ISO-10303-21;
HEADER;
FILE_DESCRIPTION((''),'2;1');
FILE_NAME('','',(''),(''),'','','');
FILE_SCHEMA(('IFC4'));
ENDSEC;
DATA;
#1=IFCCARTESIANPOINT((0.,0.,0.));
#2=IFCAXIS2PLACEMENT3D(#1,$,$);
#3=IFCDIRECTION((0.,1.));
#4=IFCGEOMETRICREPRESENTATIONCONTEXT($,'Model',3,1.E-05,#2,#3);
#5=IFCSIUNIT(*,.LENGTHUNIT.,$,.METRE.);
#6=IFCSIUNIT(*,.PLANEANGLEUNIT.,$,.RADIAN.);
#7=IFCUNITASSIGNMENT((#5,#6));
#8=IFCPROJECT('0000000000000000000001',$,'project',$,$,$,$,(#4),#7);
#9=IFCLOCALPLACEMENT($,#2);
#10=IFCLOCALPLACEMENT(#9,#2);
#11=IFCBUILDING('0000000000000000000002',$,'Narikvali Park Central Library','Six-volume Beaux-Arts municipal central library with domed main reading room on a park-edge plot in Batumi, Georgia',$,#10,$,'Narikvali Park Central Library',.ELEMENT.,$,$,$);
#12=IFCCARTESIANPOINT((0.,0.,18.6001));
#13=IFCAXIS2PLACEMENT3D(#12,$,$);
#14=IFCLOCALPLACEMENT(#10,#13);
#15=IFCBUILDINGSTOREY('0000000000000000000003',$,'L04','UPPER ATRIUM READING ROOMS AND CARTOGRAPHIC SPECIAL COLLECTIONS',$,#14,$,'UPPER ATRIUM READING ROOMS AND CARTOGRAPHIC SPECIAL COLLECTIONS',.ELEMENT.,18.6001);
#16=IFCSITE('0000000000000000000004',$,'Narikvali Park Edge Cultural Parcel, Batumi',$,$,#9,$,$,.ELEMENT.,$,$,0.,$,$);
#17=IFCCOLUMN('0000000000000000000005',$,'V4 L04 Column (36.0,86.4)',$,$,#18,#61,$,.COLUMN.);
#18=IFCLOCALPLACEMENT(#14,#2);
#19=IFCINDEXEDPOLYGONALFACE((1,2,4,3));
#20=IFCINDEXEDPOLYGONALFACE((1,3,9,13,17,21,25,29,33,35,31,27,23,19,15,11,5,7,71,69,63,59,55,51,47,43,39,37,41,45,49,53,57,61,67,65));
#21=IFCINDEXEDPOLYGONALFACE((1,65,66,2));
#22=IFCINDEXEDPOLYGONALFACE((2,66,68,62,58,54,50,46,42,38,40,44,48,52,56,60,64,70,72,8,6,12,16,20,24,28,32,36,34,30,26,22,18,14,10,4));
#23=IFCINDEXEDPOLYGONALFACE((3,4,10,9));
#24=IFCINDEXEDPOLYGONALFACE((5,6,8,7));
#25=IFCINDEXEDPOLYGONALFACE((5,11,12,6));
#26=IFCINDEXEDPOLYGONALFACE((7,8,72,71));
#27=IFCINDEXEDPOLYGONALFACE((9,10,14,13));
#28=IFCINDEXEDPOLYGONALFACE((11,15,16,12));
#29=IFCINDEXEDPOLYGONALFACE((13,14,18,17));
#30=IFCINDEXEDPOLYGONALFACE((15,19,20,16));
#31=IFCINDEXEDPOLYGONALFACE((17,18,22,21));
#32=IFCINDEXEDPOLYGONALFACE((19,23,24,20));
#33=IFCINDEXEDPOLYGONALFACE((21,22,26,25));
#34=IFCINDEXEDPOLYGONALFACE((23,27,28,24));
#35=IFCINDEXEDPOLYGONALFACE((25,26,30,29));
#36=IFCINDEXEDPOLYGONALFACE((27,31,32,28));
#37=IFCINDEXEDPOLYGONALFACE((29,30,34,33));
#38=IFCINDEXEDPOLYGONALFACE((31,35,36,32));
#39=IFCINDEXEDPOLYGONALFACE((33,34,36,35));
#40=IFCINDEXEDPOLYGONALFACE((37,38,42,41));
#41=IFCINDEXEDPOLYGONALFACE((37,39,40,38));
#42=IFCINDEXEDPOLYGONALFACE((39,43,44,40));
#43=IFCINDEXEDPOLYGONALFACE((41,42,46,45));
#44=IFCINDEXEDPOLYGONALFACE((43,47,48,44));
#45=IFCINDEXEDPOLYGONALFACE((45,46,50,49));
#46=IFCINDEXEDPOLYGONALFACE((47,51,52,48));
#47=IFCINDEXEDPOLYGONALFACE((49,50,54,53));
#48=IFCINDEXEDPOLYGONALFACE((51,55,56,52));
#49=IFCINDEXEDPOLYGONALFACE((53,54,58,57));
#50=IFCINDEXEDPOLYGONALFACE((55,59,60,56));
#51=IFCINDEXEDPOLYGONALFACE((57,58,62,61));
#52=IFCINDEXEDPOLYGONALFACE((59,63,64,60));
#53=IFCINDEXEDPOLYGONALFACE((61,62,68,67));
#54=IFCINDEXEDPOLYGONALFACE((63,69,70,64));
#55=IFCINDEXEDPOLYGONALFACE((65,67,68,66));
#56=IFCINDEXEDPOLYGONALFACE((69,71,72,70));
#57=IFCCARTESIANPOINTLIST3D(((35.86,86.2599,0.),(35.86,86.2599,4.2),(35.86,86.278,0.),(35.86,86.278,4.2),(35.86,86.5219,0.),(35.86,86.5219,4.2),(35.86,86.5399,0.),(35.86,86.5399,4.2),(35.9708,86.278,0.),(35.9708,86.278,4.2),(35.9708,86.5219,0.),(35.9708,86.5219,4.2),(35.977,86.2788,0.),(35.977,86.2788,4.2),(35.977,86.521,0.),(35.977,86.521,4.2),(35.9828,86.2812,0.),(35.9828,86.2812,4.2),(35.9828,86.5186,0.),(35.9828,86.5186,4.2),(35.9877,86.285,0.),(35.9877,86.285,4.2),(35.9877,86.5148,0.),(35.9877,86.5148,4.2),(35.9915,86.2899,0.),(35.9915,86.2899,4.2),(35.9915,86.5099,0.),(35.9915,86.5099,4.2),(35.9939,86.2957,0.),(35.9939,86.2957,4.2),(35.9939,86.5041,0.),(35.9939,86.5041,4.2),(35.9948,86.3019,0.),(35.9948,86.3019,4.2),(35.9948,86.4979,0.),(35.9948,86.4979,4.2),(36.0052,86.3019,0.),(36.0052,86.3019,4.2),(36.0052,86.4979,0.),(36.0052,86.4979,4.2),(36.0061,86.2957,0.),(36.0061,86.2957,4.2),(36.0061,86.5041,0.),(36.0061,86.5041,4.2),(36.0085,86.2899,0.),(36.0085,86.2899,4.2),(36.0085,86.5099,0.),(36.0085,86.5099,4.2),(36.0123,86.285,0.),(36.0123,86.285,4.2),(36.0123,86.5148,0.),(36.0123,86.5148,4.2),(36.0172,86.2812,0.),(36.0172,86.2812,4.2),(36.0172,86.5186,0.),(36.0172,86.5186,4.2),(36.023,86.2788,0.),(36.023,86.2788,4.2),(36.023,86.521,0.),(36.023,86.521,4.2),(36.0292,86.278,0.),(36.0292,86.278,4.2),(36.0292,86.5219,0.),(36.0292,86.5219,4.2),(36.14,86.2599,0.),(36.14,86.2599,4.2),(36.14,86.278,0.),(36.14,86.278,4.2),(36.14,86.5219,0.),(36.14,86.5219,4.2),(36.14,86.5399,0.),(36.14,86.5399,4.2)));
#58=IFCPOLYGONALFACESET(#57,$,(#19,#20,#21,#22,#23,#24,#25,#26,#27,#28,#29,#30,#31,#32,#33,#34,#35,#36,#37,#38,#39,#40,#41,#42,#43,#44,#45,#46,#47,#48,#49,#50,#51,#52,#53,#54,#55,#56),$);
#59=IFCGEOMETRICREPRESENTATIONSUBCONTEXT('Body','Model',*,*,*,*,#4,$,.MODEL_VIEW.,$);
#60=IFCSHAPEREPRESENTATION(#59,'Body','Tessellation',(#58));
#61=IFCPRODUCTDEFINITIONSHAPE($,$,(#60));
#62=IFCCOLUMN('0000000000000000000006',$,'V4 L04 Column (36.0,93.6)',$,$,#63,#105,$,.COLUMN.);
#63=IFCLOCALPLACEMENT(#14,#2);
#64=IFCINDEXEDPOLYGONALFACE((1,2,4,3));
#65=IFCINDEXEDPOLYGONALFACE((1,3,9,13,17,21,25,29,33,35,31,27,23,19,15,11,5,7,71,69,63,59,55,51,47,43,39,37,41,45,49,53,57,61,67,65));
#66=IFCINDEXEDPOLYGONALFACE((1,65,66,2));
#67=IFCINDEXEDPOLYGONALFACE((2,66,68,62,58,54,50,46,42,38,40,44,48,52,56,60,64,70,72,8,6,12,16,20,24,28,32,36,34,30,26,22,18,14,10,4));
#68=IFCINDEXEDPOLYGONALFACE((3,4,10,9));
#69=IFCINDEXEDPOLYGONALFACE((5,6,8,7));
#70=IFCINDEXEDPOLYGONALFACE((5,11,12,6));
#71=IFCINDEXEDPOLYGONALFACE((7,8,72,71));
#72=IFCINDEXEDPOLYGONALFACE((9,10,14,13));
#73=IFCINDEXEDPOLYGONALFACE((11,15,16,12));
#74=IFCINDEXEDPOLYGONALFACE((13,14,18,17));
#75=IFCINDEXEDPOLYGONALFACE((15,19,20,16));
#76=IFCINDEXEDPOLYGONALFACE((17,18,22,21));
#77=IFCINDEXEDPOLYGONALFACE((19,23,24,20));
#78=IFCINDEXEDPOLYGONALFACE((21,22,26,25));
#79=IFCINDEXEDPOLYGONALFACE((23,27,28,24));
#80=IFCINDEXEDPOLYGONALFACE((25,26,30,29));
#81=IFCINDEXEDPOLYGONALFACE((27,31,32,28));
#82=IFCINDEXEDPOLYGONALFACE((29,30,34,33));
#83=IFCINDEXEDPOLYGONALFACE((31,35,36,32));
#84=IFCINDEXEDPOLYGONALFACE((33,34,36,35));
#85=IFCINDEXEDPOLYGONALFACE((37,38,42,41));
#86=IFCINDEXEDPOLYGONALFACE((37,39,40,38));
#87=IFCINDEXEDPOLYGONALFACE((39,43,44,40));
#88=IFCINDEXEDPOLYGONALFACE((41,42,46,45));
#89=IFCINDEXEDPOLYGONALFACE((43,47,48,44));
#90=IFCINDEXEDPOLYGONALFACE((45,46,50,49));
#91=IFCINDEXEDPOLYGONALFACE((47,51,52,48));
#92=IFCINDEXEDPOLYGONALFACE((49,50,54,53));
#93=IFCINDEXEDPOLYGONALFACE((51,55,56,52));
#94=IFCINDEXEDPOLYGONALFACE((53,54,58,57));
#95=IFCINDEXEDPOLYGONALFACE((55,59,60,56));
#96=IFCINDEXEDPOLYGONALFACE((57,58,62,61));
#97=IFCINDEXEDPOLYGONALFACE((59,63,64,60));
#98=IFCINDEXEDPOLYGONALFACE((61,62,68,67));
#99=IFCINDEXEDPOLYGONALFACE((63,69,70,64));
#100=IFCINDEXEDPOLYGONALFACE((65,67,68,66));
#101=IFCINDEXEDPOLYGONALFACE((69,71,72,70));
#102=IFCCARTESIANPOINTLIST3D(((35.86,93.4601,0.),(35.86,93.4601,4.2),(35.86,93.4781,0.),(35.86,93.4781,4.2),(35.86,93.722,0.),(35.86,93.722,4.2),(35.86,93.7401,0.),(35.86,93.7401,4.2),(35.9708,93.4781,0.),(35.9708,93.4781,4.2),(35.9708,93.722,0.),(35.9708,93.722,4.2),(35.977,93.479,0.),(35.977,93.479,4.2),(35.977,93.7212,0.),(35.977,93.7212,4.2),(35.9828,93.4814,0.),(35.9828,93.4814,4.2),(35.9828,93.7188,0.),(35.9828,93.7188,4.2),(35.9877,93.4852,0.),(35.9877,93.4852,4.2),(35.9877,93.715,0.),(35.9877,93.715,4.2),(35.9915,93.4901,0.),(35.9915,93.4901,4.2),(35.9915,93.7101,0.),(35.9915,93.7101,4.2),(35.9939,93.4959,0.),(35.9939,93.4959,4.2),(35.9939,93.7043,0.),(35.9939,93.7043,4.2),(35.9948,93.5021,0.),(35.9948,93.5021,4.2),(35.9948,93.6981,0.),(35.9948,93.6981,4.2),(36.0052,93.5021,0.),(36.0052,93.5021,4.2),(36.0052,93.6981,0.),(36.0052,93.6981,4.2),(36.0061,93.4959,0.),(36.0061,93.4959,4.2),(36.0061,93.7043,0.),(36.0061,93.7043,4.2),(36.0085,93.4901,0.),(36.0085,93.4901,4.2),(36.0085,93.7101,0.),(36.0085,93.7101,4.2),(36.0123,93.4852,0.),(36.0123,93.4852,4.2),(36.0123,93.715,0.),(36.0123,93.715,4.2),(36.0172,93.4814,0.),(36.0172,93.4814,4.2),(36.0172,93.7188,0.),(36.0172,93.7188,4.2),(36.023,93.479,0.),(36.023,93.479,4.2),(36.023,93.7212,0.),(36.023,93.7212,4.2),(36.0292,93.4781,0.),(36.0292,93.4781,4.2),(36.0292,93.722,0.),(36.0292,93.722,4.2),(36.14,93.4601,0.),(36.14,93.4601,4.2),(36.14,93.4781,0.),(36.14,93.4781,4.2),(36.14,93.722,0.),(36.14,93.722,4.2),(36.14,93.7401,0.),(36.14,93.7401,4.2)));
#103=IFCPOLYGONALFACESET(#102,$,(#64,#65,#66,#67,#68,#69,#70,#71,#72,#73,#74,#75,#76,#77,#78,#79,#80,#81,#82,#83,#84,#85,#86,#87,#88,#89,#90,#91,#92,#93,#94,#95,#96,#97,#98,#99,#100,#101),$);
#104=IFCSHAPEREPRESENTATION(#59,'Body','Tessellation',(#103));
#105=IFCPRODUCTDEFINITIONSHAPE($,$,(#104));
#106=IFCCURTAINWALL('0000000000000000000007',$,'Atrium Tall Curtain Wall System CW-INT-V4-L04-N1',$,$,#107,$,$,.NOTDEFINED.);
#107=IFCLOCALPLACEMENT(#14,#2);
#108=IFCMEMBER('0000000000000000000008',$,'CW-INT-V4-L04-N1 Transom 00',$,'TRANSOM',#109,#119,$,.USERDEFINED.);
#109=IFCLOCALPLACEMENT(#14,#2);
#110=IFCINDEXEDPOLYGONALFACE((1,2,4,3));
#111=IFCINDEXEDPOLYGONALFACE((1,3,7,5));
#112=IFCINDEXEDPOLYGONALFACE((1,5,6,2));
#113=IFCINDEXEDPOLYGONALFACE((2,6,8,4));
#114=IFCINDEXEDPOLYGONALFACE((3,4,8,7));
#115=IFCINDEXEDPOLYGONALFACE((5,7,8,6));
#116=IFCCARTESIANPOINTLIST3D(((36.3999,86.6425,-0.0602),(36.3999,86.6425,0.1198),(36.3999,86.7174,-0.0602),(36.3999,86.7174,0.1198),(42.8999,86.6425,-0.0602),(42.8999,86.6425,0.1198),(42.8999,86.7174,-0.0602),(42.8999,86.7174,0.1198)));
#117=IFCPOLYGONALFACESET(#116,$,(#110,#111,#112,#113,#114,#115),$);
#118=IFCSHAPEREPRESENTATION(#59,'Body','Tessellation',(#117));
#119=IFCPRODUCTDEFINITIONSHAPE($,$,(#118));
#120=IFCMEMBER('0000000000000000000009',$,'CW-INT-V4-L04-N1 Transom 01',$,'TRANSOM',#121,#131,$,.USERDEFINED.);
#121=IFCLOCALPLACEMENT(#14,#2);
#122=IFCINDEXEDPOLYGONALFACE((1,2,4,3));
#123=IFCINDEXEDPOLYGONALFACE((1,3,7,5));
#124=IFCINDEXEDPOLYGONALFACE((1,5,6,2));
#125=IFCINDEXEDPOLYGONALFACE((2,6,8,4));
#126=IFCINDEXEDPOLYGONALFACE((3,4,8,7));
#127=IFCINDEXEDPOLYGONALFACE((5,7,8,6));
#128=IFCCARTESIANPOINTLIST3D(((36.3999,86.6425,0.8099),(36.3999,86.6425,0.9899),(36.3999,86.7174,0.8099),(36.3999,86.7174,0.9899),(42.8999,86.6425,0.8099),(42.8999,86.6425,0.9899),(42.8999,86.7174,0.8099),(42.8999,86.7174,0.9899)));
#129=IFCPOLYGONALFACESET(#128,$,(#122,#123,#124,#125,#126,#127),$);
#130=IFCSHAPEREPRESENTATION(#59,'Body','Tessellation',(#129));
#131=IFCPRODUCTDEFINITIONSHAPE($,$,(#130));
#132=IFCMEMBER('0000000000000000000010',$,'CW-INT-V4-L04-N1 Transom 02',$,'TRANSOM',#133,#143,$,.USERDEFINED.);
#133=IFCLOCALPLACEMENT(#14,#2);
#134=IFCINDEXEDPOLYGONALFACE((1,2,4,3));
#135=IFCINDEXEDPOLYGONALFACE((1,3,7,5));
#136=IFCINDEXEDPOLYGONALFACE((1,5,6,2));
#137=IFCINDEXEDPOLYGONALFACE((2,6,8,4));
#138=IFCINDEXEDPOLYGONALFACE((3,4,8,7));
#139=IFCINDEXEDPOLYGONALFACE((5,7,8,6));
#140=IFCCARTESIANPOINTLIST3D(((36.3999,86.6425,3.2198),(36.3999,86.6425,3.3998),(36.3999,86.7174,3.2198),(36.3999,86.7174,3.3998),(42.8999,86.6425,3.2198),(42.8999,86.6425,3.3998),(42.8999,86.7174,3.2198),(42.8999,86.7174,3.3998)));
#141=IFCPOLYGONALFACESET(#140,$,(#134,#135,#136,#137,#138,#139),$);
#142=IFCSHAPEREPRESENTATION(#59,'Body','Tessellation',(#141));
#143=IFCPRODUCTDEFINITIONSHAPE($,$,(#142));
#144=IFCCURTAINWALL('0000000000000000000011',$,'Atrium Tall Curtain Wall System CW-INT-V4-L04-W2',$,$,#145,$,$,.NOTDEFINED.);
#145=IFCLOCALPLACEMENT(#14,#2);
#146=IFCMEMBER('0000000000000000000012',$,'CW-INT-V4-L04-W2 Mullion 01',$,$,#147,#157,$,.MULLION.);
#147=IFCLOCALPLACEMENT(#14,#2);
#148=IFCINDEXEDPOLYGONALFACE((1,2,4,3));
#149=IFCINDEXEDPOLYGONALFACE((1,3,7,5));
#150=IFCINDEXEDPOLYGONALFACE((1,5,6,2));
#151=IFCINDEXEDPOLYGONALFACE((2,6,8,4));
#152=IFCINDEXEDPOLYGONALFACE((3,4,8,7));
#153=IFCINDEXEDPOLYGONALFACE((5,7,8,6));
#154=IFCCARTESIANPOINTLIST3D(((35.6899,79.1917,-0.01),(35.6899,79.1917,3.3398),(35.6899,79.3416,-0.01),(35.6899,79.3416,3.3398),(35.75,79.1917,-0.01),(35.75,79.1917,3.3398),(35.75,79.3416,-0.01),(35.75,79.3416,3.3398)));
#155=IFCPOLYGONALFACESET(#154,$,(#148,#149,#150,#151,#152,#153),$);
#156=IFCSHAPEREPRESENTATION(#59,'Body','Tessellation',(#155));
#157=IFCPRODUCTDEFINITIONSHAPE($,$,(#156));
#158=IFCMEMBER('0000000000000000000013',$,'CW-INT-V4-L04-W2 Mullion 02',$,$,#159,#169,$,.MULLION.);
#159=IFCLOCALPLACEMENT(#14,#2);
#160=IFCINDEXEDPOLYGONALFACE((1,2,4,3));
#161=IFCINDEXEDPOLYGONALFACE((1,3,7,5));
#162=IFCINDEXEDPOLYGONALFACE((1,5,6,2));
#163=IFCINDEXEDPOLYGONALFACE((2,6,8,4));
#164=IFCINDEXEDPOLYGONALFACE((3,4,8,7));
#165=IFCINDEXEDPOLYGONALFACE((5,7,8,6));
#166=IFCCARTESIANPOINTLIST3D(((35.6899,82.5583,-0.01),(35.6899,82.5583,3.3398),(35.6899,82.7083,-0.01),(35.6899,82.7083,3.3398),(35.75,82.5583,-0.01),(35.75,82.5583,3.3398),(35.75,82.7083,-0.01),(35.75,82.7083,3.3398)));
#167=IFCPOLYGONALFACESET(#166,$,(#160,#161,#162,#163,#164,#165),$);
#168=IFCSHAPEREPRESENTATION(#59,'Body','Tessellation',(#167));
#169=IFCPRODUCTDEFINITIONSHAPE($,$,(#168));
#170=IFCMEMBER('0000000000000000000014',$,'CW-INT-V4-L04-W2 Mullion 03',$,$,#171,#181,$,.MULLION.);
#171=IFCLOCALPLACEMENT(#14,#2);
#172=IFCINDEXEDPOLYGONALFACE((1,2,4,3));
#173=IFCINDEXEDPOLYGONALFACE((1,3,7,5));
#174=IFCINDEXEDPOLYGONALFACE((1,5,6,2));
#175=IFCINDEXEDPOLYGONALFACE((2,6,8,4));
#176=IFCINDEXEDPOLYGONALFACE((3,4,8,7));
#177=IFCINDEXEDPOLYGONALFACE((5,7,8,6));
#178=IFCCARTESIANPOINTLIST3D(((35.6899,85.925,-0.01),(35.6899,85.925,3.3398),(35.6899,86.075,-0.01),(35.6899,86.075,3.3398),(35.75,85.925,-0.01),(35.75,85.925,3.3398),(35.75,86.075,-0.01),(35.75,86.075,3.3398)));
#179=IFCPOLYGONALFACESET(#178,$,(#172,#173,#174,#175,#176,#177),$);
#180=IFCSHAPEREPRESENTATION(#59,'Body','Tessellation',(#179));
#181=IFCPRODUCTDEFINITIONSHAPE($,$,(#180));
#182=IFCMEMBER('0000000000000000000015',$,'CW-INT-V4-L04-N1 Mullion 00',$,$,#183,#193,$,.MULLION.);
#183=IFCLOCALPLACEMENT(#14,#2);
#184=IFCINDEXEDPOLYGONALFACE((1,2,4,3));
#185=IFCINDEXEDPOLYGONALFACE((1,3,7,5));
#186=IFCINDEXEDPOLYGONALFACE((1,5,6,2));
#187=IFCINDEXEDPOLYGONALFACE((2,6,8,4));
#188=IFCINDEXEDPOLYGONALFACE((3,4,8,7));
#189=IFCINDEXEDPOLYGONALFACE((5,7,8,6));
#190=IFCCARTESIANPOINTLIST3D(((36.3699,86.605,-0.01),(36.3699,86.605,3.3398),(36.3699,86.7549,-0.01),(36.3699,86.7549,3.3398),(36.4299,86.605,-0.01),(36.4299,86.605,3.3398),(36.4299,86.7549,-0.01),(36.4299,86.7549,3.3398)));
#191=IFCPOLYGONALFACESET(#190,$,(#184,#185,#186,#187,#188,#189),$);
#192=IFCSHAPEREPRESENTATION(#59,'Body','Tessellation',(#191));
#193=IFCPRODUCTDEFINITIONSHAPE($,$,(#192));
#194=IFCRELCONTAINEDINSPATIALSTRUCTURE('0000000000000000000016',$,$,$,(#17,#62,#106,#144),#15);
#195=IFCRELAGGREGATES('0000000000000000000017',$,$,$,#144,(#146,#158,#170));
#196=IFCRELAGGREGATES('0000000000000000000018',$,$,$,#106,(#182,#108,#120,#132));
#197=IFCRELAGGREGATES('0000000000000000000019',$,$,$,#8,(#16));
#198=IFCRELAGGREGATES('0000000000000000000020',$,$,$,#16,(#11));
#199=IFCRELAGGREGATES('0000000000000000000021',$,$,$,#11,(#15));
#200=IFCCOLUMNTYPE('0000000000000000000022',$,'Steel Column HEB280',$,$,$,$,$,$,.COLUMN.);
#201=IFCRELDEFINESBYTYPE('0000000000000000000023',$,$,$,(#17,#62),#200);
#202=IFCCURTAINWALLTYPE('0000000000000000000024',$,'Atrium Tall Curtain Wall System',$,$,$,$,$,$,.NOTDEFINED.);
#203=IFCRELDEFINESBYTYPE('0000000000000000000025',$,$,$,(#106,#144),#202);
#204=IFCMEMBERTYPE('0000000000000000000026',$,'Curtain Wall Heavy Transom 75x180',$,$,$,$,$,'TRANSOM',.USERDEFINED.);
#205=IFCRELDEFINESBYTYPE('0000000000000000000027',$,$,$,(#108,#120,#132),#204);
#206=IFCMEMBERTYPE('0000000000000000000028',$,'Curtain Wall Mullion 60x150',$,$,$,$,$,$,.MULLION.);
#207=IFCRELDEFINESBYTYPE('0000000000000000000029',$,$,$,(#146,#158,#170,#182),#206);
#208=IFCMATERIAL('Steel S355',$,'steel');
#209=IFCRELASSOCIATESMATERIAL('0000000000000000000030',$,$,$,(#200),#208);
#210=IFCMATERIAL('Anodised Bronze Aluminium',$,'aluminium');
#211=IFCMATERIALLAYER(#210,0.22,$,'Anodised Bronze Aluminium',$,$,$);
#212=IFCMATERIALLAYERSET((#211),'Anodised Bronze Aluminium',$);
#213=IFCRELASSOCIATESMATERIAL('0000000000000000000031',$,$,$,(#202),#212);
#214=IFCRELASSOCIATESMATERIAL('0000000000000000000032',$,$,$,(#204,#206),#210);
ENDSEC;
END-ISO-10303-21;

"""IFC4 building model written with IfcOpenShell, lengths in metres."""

from ifc_helpers import new_model, si_unit, direction, frame, origin, origin_2d, place, context, subcontext, project, spatial, rectangle, i_section, extrude, material, layer, layer_set, material_profile, profile_set, type_object, element, aggregate, save


model = new_model("IFC4")

# Units and contexts
model_context = context("Model", 3, precision=1e-05, world=origin(), true_north=direction((0.0, 1.0)))
body_context = subcontext(model_context, "Body", "Model", "MODEL_VIEW")
ifc_project = project(units=[si_unit("LENGTHUNIT", "METRE"), si_unit("PLANEANGLEUNIT", "RADIAN")], contexts=[model_context])

# Site, building, storey
site_placement = place(None, origin())
site = spatial("IfcSite", under=ifc_project, at=site_placement, Name="Narikvali Park Edge Cultural Parcel, Batumi", CompositionType="ELEMENT", RefElevation=0.0)
building_placement = place(site_placement, origin())
building = spatial("IfcBuilding", under=site, at=building_placement, Name="Narikvali Park Central Library", Description="Six-volume Beaux-Arts municipal central library with domed main reading room on a park-edge plot in Batumi, Georgia", LongName="Narikvali Park Central Library", CompositionType="ELEMENT")
storey_placement = place(building_placement, frame((0.0, 0.0, 18.6001)))
storey = spatial("IfcBuildingStorey", under=building, at=storey_placement, Name="L04", Description="UPPER ATRIUM READING ROOMS AND CARTOGRAPHIC SPECIAL COLLECTIONS", LongName="UPPER ATRIUM READING ROOMS AND CARTOGRAPHIC SPECIAL COLLECTIONS", CompositionType="ELEMENT", Elevation=18.6001)

# Columns
ifc_material_1 = material(Name="Steel S355", Category="steel")
ifc_material_profile_1 = material_profile(ifc_material_1, i_section(OverallWidth=0.28, OverallDepth=0.28, WebThickness=0.0105, FlangeThickness=0.0181, FilletRadius=0.0239, at=origin_2d()), Name="HEB 280")
ifc_profile_set_1 = profile_set([ifc_material_profile_1], Name="Steel S355")
column_type = type_object("IfcColumnType", Name="Steel Column HEB280", PredefinedType="COLUMN", material=ifc_profile_set_1)
for number, where, z_axis, x_axis, name in (
    (1, (36.0, 86.3999, 0.0), (0.0, 0.0, 1.0), (1.0, 0.0, 0.0), "V4 L04 Column (36.0,86.4)"),
    (2, (36.0, 93.6001, 0.0), (0.0, 0.0, 1.0), (1.0, 0.0, 0.0), "V4 L04 Column (36.0,93.6)"),
):
    element("IfcColumn", number, at=place(storey_placement, frame(where, z_axis=z_axis, x_axis=x_axis)), inside=storey, type_object=column_type, Name=name, PredefinedType="COLUMN", context=body_context, shape_type="SweptSolid", body=[
        extrude(i_section(OverallWidth=0.28, OverallDepth=0.28, WebThickness=0.0105, FlangeThickness=0.0181, FilletRadius=0.0239, at=origin_2d()), origin(), (0.0, 0.0, 1.0), 4.2),
    ])

# Curtain walls, members
ifc_material_2 = material(Name="Anodised Bronze Aluminium", Category="aluminium")
ifc_layer_1 = layer(ifc_material_2, 0.22, Name="Anodised Bronze Aluminium")
ifc_layer_set_1 = layer_set([ifc_layer_1], Name="Anodised Bronze Aluminium")
curtain_wall_type = type_object("IfcCurtainWallType", Name="Atrium Tall Curtain Wall System", PredefinedType="NOTDEFINED", material=ifc_layer_set_1)
curtain_wall_1_placement = place(storey_placement, origin())
curtain_wall_1 = element("IfcCurtainWall", 3, at=curtain_wall_1_placement, inside=storey, type_object=curtain_wall_type, Name="Atrium Tall Curtain Wall System CW-INT-V4-L04-N1", PredefinedType="NOTDEFINED")
ifc_material_profile_2 = material_profile(ifc_material_2, rectangle(XDim=0.075, YDim=0.1799, at=origin_2d()), Name="CW TRANSOM 75x180")
ifc_profile_set_2 = profile_set([ifc_material_profile_2], Name="Anodised Bronze Aluminium")
member_type_1 = type_object("IfcMemberType", Name="Curtain Wall Heavy Transom 75x180", ElementType="TRANSOM", PredefinedType="USERDEFINED", material=ifc_profile_set_2)
member_1_placement = place(storey_placement, frame((36.3999, 86.6799, 0.0298), z_axis=(1.0, 0.0, 0.0), x_axis=(0.0, 1.0, 0.0)))
member_1 = element("IfcMember", 4, at=member_1_placement, type_object=member_type_1, Name="CW-INT-V4-L04-N1 Transom 00", ObjectType="TRANSOM", PredefinedType="USERDEFINED", context=body_context, shape_type="SweptSolid", body=[
    extrude(rectangle(XDim=0.075, YDim=0.1799, at=origin_2d()), origin(), (0.0, 0.0, 1.0), 6.5),
])
member_2_placement = place(storey_placement, frame((36.3999, 86.6799, 0.8999), z_axis=(1.0, 0.0, 0.0), x_axis=(0.0, 1.0, 0.0)))
member_2 = element("IfcMember", 5, at=member_2_placement, type_object=member_type_1, Name="CW-INT-V4-L04-N1 Transom 01", ObjectType="TRANSOM", PredefinedType="USERDEFINED", context=body_context, shape_type="SweptSolid", body=[
    extrude(rectangle(XDim=0.075, YDim=0.1799, at=origin_2d()), origin(), (0.0, 0.0, 1.0), 6.5),
])
member_3_placement = place(storey_placement, frame((36.3999, 86.6799, 3.3098), z_axis=(1.0, 0.0, 0.0), x_axis=(0.0, 1.0, 0.0)))
member_3 = element("IfcMember", 6, at=member_3_placement, type_object=member_type_1, Name="CW-INT-V4-L04-N1 Transom 02", ObjectType="TRANSOM", PredefinedType="USERDEFINED", context=body_context, shape_type="SweptSolid", body=[
    extrude(rectangle(XDim=0.075, YDim=0.1799, at=origin_2d()), origin(), (0.0, 0.0, 1.0), 6.5),
])
curtain_wall_2_placement = place(storey_placement, origin())
curtain_wall_2 = element("IfcCurtainWall", 7, at=curtain_wall_2_placement, inside=storey, type_object=curtain_wall_type, Name="Atrium Tall Curtain Wall System CW-INT-V4-L04-W2", PredefinedType="NOTDEFINED")
ifc_material_profile_3 = material_profile(ifc_material_2, rectangle(XDim=0.0601, YDim=0.1499, at=origin_2d()), Name="CW MULLION 60x150")
ifc_profile_set_3 = profile_set([ifc_material_profile_3], Name="Anodised Bronze Aluminium")
member_type_2 = type_object("IfcMemberType", Name="Curtain Wall Mullion 60x150", PredefinedType="MULLION", material=ifc_profile_set_3)
member_4_placement = place(storey_placement, frame((35.72, 79.2666, -0.01), z_axis=(0.0, 0.0, 1.0), x_axis=(1.0, 0.0, 0.0)))
member_4 = element("IfcMember", 8, at=member_4_placement, type_object=member_type_2, Name="CW-INT-V4-L04-W2 Mullion 01", PredefinedType="MULLION", context=body_context, shape_type="SweptSolid", body=[
    extrude(rectangle(XDim=0.0601, YDim=0.1499, at=origin_2d()), origin(), (0.0, 0.0, 1.0), 3.3499),
])
member_5_placement = place(storey_placement, frame((35.72, 82.6333, -0.01), z_axis=(0.0, 0.0, 1.0), x_axis=(1.0, 0.0, 0.0)))
member_5 = element("IfcMember", 9, at=member_5_placement, type_object=member_type_2, Name="CW-INT-V4-L04-W2 Mullion 02", PredefinedType="MULLION", context=body_context, shape_type="SweptSolid", body=[
    extrude(rectangle(XDim=0.0601, YDim=0.1499, at=origin_2d()), origin(), (0.0, 0.0, 1.0), 3.3499),
])
member_6_placement = place(storey_placement, frame((35.72, 86.0, -0.01), z_axis=(0.0, 0.0, 1.0), x_axis=(1.0, 0.0, 0.0)))
member_6 = element("IfcMember", 10, at=member_6_placement, type_object=member_type_2, Name="CW-INT-V4-L04-W2 Mullion 03", PredefinedType="MULLION", context=body_context, shape_type="SweptSolid", body=[
    extrude(rectangle(XDim=0.0601, YDim=0.1499, at=origin_2d()), origin(), (0.0, 0.0, 1.0), 3.3499),
])

# Member
member_7_placement = place(storey_placement, frame((36.3999, 86.6799, -0.01), z_axis=(0.0, 0.0, 1.0), x_axis=(1.0, 0.0, 0.0)))
member_7 = element("IfcMember", 11, at=member_7_placement, type_object=member_type_2, Name="CW-INT-V4-L04-N1 Mullion 00", PredefinedType="MULLION", context=body_context, shape_type="SweptSolid", body=[
    extrude(rectangle(XDim=0.0601, YDim=0.1499, at=origin_2d()), origin(), (0.0, 0.0, 1.0), 3.3499),
])

aggregate(curtain_wall_2, [member_4, member_5, member_6])
aggregate(curtain_wall_1, [member_7, member_1, member_2, member_3])

save(model, "model.ifc")
